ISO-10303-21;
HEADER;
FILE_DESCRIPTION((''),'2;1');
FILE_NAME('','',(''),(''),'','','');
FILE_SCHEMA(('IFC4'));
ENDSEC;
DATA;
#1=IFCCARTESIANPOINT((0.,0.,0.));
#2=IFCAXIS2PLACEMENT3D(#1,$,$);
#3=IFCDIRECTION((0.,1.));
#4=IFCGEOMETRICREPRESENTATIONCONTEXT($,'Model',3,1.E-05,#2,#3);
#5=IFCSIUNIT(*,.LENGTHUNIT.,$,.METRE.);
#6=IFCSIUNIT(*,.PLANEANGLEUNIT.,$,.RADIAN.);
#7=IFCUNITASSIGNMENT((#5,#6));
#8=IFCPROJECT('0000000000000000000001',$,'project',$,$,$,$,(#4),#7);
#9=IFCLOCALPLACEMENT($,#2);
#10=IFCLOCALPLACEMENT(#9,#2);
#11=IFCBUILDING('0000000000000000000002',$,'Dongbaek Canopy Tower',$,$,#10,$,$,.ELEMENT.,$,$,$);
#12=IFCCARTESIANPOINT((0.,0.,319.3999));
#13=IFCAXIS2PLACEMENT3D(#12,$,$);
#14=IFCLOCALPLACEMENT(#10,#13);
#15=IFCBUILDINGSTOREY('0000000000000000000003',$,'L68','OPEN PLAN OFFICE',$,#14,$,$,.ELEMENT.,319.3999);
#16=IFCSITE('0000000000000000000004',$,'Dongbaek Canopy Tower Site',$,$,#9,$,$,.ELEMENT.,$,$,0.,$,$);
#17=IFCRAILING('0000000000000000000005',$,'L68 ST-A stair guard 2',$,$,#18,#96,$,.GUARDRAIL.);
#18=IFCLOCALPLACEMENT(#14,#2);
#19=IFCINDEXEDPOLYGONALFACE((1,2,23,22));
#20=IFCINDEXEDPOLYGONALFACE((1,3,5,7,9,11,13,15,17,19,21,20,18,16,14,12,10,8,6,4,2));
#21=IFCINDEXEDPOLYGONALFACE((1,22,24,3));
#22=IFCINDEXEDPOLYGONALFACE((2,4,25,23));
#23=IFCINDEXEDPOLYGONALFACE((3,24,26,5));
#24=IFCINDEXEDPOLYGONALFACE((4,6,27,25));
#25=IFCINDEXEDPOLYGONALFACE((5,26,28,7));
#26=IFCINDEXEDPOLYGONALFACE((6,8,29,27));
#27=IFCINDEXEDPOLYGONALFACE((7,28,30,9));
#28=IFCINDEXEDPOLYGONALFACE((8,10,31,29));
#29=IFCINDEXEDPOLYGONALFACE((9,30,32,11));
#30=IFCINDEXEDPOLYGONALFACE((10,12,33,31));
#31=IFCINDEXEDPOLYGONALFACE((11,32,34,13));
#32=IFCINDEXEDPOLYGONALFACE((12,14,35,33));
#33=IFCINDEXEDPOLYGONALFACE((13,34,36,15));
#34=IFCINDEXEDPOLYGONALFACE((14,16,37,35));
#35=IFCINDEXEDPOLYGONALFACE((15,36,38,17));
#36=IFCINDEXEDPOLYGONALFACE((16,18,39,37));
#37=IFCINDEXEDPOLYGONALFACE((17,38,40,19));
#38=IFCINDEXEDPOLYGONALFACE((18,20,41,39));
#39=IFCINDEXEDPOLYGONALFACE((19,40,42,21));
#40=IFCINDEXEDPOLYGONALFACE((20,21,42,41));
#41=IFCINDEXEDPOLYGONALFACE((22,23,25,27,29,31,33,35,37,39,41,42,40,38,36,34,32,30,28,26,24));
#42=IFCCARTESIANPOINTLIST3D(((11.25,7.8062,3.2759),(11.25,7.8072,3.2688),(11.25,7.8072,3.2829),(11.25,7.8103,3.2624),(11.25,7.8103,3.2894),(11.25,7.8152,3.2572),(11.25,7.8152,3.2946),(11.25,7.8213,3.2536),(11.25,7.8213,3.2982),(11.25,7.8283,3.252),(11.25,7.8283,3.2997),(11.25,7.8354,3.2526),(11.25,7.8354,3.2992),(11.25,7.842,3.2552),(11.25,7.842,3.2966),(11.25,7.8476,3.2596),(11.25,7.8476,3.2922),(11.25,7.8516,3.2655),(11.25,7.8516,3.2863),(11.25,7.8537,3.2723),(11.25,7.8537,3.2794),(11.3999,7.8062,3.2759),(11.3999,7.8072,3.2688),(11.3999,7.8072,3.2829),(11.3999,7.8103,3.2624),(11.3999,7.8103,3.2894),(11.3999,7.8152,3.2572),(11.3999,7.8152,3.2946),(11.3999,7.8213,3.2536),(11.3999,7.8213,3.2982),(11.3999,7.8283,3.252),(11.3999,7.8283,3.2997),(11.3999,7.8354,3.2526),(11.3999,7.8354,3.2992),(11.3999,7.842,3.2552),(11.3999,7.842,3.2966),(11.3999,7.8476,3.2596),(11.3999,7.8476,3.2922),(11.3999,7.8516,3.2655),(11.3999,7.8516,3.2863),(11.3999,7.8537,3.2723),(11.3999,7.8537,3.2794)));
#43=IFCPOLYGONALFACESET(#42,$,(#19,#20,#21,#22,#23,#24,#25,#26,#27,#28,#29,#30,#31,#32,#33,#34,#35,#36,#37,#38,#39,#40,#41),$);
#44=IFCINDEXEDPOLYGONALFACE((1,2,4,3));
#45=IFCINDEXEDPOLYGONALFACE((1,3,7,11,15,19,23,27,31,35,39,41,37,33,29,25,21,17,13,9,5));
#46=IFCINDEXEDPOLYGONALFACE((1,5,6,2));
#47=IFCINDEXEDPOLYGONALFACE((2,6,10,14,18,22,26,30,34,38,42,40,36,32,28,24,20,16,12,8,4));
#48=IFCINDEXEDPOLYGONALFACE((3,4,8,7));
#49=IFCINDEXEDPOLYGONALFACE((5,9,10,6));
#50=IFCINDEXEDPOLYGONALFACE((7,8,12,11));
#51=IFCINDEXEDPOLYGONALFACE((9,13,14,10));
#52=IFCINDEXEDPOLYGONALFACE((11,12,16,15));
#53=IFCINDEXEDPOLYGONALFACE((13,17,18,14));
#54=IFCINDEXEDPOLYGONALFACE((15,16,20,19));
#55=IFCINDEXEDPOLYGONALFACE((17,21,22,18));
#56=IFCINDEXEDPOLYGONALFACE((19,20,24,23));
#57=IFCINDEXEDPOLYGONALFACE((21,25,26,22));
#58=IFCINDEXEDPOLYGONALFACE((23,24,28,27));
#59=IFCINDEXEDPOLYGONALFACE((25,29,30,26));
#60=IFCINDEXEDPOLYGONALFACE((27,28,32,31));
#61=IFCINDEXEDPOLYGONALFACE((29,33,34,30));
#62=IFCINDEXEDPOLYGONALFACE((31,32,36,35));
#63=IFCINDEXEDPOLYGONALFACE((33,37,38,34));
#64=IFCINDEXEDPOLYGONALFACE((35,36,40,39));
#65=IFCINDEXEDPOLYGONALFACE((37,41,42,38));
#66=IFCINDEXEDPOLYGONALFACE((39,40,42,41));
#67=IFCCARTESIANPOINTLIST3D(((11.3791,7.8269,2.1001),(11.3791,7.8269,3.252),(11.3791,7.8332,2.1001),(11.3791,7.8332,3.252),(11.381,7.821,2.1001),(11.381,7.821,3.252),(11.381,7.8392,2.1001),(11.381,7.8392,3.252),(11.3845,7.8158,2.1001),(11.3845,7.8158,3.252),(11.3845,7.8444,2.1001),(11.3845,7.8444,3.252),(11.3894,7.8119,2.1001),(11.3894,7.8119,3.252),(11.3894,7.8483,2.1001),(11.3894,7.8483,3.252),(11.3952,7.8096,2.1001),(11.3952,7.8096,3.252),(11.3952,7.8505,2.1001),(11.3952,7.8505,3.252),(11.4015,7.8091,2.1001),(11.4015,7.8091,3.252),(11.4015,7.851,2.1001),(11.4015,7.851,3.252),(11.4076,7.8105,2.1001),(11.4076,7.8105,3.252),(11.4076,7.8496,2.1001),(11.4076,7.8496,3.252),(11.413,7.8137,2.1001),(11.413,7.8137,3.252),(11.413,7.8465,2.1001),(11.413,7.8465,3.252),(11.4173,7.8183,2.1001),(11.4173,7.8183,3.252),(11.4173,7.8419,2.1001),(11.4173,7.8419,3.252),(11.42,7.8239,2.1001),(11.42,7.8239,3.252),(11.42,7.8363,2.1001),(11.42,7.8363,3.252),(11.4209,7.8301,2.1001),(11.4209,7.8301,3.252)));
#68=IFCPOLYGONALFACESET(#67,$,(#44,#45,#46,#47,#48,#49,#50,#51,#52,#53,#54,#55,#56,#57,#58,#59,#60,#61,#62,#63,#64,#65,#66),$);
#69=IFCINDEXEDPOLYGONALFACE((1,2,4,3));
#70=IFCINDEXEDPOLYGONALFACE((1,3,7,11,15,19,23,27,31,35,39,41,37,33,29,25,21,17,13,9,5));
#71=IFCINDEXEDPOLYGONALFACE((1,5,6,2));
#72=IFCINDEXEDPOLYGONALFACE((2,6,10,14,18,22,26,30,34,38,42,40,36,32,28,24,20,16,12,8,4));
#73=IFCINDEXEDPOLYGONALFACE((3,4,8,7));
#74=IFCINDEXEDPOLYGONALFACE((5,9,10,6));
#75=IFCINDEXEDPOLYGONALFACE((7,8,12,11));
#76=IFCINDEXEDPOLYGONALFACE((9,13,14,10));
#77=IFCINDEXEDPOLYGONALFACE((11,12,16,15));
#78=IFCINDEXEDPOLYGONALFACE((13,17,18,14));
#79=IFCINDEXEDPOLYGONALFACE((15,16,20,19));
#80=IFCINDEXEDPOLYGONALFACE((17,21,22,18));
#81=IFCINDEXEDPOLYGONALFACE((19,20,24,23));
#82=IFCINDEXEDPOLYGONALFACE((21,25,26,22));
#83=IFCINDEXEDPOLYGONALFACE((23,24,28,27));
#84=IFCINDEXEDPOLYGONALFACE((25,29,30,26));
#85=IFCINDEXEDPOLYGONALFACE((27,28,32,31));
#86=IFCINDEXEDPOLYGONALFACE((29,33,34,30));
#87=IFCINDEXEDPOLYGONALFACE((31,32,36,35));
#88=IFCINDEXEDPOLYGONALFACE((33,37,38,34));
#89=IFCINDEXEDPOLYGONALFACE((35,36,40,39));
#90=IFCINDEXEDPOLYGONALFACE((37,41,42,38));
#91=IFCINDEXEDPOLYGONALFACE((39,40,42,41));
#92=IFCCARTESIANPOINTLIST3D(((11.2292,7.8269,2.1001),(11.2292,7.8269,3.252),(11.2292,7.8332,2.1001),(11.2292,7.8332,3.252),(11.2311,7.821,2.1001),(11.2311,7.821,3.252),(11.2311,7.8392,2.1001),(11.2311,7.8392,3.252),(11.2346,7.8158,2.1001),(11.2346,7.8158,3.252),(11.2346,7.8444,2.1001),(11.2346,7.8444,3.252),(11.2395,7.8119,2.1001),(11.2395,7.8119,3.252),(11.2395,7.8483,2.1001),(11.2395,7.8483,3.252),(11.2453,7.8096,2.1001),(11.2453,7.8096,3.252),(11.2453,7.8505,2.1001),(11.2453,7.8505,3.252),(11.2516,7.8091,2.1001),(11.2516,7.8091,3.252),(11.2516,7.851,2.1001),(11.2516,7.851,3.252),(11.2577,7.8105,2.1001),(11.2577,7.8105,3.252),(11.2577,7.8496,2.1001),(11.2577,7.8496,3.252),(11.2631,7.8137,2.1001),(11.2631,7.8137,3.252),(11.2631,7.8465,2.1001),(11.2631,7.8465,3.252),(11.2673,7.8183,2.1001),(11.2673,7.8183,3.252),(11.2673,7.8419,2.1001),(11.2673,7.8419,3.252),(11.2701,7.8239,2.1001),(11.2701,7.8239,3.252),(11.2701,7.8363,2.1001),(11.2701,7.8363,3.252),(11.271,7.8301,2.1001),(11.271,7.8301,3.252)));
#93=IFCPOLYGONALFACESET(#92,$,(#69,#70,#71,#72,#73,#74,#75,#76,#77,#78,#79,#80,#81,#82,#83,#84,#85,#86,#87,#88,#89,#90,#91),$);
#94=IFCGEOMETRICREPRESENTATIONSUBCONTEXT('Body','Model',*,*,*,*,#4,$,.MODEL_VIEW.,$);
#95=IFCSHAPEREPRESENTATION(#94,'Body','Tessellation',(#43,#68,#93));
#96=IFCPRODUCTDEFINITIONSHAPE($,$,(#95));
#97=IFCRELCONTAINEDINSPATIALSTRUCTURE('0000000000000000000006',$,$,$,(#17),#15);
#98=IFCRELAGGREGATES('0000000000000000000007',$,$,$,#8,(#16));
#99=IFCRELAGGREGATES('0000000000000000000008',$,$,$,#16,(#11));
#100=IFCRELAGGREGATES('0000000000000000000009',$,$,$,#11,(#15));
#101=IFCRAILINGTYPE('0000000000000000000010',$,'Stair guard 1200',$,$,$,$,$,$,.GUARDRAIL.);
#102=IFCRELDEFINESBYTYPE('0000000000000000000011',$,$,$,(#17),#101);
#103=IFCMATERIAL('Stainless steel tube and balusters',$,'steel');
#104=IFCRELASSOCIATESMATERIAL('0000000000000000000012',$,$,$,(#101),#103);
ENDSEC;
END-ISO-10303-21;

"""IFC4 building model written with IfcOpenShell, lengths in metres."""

from ifc_helpers import new_model, si_unit, direction, frame, origin, origin_2d, place, context, subcontext, project, spatial, circle, extrude, material, type_object, element, save


model = new_model("IFC4")

# Units and contexts
model_context = context("Model", 3, precision=1e-05, world=origin(), true_north=direction((0.0, 1.0)))
body_context = subcontext(model_context, "Body", "Model", "MODEL_VIEW")
ifc_project = project(units=[si_unit("LENGTHUNIT", "METRE"), si_unit("PLANEANGLEUNIT", "RADIAN")], contexts=[model_context])

# Site, building, storey
site_placement = place(None, origin())
site = spatial("IfcSite", under=ifc_project, at=site_placement, Name="Dongbaek Canopy Tower Site", CompositionType="ELEMENT", RefElevation=0.0)
building_placement = place(site_placement, origin())
building = spatial("IfcBuilding", under=site, at=building_placement, Name="Dongbaek Canopy Tower", CompositionType="ELEMENT")
storey_placement = place(building_placement, frame((0.0, 0.0, 319.3999)))
storey = spatial("IfcBuildingStorey", under=building, at=storey_placement, Name="L68", Description="OPEN PLAN OFFICE", CompositionType="ELEMENT", Elevation=319.3999)

# Railing
ifc_material_1 = material(Name="Stainless steel tube and balusters", Category="steel")
railing_type_1 = type_object("IfcRailingType", Name="Stair guard 1200", PredefinedType="GUARDRAIL", material=ifc_material_1)
railing_1_placement = place(storey_placement, frame((11.3999, 7.8301, 2.1001)))
element("IfcRailing", 1, at=railing_1_placement, inside=storey, type_object=railing_type_1, Name="L68 ST-A stair guard 2", PredefinedType="GUARDRAIL", context=body_context, shape_type="SweptSolid", body=[
    extrude(circle(Radius=0.0239, at=origin_2d()), frame((0.0, 0.0, 1.1758), z_axis=(-1.0, 0.0, 0.0), x_axis=(0.0, -1.0, 0.0)), (0.0, 0.0, 1.0), 0.1499),
    extrude(circle(Radius=0.021, at=origin_2d()), origin(), (0.0, 0.0, 1.0), 1.1519),
    extrude(circle(Radius=0.021, at=origin_2d()), frame((-0.1499, 0.0, 0.0)), (0.0, 0.0, 1.0), 1.1519),
])

save(model, "model.ifc")
